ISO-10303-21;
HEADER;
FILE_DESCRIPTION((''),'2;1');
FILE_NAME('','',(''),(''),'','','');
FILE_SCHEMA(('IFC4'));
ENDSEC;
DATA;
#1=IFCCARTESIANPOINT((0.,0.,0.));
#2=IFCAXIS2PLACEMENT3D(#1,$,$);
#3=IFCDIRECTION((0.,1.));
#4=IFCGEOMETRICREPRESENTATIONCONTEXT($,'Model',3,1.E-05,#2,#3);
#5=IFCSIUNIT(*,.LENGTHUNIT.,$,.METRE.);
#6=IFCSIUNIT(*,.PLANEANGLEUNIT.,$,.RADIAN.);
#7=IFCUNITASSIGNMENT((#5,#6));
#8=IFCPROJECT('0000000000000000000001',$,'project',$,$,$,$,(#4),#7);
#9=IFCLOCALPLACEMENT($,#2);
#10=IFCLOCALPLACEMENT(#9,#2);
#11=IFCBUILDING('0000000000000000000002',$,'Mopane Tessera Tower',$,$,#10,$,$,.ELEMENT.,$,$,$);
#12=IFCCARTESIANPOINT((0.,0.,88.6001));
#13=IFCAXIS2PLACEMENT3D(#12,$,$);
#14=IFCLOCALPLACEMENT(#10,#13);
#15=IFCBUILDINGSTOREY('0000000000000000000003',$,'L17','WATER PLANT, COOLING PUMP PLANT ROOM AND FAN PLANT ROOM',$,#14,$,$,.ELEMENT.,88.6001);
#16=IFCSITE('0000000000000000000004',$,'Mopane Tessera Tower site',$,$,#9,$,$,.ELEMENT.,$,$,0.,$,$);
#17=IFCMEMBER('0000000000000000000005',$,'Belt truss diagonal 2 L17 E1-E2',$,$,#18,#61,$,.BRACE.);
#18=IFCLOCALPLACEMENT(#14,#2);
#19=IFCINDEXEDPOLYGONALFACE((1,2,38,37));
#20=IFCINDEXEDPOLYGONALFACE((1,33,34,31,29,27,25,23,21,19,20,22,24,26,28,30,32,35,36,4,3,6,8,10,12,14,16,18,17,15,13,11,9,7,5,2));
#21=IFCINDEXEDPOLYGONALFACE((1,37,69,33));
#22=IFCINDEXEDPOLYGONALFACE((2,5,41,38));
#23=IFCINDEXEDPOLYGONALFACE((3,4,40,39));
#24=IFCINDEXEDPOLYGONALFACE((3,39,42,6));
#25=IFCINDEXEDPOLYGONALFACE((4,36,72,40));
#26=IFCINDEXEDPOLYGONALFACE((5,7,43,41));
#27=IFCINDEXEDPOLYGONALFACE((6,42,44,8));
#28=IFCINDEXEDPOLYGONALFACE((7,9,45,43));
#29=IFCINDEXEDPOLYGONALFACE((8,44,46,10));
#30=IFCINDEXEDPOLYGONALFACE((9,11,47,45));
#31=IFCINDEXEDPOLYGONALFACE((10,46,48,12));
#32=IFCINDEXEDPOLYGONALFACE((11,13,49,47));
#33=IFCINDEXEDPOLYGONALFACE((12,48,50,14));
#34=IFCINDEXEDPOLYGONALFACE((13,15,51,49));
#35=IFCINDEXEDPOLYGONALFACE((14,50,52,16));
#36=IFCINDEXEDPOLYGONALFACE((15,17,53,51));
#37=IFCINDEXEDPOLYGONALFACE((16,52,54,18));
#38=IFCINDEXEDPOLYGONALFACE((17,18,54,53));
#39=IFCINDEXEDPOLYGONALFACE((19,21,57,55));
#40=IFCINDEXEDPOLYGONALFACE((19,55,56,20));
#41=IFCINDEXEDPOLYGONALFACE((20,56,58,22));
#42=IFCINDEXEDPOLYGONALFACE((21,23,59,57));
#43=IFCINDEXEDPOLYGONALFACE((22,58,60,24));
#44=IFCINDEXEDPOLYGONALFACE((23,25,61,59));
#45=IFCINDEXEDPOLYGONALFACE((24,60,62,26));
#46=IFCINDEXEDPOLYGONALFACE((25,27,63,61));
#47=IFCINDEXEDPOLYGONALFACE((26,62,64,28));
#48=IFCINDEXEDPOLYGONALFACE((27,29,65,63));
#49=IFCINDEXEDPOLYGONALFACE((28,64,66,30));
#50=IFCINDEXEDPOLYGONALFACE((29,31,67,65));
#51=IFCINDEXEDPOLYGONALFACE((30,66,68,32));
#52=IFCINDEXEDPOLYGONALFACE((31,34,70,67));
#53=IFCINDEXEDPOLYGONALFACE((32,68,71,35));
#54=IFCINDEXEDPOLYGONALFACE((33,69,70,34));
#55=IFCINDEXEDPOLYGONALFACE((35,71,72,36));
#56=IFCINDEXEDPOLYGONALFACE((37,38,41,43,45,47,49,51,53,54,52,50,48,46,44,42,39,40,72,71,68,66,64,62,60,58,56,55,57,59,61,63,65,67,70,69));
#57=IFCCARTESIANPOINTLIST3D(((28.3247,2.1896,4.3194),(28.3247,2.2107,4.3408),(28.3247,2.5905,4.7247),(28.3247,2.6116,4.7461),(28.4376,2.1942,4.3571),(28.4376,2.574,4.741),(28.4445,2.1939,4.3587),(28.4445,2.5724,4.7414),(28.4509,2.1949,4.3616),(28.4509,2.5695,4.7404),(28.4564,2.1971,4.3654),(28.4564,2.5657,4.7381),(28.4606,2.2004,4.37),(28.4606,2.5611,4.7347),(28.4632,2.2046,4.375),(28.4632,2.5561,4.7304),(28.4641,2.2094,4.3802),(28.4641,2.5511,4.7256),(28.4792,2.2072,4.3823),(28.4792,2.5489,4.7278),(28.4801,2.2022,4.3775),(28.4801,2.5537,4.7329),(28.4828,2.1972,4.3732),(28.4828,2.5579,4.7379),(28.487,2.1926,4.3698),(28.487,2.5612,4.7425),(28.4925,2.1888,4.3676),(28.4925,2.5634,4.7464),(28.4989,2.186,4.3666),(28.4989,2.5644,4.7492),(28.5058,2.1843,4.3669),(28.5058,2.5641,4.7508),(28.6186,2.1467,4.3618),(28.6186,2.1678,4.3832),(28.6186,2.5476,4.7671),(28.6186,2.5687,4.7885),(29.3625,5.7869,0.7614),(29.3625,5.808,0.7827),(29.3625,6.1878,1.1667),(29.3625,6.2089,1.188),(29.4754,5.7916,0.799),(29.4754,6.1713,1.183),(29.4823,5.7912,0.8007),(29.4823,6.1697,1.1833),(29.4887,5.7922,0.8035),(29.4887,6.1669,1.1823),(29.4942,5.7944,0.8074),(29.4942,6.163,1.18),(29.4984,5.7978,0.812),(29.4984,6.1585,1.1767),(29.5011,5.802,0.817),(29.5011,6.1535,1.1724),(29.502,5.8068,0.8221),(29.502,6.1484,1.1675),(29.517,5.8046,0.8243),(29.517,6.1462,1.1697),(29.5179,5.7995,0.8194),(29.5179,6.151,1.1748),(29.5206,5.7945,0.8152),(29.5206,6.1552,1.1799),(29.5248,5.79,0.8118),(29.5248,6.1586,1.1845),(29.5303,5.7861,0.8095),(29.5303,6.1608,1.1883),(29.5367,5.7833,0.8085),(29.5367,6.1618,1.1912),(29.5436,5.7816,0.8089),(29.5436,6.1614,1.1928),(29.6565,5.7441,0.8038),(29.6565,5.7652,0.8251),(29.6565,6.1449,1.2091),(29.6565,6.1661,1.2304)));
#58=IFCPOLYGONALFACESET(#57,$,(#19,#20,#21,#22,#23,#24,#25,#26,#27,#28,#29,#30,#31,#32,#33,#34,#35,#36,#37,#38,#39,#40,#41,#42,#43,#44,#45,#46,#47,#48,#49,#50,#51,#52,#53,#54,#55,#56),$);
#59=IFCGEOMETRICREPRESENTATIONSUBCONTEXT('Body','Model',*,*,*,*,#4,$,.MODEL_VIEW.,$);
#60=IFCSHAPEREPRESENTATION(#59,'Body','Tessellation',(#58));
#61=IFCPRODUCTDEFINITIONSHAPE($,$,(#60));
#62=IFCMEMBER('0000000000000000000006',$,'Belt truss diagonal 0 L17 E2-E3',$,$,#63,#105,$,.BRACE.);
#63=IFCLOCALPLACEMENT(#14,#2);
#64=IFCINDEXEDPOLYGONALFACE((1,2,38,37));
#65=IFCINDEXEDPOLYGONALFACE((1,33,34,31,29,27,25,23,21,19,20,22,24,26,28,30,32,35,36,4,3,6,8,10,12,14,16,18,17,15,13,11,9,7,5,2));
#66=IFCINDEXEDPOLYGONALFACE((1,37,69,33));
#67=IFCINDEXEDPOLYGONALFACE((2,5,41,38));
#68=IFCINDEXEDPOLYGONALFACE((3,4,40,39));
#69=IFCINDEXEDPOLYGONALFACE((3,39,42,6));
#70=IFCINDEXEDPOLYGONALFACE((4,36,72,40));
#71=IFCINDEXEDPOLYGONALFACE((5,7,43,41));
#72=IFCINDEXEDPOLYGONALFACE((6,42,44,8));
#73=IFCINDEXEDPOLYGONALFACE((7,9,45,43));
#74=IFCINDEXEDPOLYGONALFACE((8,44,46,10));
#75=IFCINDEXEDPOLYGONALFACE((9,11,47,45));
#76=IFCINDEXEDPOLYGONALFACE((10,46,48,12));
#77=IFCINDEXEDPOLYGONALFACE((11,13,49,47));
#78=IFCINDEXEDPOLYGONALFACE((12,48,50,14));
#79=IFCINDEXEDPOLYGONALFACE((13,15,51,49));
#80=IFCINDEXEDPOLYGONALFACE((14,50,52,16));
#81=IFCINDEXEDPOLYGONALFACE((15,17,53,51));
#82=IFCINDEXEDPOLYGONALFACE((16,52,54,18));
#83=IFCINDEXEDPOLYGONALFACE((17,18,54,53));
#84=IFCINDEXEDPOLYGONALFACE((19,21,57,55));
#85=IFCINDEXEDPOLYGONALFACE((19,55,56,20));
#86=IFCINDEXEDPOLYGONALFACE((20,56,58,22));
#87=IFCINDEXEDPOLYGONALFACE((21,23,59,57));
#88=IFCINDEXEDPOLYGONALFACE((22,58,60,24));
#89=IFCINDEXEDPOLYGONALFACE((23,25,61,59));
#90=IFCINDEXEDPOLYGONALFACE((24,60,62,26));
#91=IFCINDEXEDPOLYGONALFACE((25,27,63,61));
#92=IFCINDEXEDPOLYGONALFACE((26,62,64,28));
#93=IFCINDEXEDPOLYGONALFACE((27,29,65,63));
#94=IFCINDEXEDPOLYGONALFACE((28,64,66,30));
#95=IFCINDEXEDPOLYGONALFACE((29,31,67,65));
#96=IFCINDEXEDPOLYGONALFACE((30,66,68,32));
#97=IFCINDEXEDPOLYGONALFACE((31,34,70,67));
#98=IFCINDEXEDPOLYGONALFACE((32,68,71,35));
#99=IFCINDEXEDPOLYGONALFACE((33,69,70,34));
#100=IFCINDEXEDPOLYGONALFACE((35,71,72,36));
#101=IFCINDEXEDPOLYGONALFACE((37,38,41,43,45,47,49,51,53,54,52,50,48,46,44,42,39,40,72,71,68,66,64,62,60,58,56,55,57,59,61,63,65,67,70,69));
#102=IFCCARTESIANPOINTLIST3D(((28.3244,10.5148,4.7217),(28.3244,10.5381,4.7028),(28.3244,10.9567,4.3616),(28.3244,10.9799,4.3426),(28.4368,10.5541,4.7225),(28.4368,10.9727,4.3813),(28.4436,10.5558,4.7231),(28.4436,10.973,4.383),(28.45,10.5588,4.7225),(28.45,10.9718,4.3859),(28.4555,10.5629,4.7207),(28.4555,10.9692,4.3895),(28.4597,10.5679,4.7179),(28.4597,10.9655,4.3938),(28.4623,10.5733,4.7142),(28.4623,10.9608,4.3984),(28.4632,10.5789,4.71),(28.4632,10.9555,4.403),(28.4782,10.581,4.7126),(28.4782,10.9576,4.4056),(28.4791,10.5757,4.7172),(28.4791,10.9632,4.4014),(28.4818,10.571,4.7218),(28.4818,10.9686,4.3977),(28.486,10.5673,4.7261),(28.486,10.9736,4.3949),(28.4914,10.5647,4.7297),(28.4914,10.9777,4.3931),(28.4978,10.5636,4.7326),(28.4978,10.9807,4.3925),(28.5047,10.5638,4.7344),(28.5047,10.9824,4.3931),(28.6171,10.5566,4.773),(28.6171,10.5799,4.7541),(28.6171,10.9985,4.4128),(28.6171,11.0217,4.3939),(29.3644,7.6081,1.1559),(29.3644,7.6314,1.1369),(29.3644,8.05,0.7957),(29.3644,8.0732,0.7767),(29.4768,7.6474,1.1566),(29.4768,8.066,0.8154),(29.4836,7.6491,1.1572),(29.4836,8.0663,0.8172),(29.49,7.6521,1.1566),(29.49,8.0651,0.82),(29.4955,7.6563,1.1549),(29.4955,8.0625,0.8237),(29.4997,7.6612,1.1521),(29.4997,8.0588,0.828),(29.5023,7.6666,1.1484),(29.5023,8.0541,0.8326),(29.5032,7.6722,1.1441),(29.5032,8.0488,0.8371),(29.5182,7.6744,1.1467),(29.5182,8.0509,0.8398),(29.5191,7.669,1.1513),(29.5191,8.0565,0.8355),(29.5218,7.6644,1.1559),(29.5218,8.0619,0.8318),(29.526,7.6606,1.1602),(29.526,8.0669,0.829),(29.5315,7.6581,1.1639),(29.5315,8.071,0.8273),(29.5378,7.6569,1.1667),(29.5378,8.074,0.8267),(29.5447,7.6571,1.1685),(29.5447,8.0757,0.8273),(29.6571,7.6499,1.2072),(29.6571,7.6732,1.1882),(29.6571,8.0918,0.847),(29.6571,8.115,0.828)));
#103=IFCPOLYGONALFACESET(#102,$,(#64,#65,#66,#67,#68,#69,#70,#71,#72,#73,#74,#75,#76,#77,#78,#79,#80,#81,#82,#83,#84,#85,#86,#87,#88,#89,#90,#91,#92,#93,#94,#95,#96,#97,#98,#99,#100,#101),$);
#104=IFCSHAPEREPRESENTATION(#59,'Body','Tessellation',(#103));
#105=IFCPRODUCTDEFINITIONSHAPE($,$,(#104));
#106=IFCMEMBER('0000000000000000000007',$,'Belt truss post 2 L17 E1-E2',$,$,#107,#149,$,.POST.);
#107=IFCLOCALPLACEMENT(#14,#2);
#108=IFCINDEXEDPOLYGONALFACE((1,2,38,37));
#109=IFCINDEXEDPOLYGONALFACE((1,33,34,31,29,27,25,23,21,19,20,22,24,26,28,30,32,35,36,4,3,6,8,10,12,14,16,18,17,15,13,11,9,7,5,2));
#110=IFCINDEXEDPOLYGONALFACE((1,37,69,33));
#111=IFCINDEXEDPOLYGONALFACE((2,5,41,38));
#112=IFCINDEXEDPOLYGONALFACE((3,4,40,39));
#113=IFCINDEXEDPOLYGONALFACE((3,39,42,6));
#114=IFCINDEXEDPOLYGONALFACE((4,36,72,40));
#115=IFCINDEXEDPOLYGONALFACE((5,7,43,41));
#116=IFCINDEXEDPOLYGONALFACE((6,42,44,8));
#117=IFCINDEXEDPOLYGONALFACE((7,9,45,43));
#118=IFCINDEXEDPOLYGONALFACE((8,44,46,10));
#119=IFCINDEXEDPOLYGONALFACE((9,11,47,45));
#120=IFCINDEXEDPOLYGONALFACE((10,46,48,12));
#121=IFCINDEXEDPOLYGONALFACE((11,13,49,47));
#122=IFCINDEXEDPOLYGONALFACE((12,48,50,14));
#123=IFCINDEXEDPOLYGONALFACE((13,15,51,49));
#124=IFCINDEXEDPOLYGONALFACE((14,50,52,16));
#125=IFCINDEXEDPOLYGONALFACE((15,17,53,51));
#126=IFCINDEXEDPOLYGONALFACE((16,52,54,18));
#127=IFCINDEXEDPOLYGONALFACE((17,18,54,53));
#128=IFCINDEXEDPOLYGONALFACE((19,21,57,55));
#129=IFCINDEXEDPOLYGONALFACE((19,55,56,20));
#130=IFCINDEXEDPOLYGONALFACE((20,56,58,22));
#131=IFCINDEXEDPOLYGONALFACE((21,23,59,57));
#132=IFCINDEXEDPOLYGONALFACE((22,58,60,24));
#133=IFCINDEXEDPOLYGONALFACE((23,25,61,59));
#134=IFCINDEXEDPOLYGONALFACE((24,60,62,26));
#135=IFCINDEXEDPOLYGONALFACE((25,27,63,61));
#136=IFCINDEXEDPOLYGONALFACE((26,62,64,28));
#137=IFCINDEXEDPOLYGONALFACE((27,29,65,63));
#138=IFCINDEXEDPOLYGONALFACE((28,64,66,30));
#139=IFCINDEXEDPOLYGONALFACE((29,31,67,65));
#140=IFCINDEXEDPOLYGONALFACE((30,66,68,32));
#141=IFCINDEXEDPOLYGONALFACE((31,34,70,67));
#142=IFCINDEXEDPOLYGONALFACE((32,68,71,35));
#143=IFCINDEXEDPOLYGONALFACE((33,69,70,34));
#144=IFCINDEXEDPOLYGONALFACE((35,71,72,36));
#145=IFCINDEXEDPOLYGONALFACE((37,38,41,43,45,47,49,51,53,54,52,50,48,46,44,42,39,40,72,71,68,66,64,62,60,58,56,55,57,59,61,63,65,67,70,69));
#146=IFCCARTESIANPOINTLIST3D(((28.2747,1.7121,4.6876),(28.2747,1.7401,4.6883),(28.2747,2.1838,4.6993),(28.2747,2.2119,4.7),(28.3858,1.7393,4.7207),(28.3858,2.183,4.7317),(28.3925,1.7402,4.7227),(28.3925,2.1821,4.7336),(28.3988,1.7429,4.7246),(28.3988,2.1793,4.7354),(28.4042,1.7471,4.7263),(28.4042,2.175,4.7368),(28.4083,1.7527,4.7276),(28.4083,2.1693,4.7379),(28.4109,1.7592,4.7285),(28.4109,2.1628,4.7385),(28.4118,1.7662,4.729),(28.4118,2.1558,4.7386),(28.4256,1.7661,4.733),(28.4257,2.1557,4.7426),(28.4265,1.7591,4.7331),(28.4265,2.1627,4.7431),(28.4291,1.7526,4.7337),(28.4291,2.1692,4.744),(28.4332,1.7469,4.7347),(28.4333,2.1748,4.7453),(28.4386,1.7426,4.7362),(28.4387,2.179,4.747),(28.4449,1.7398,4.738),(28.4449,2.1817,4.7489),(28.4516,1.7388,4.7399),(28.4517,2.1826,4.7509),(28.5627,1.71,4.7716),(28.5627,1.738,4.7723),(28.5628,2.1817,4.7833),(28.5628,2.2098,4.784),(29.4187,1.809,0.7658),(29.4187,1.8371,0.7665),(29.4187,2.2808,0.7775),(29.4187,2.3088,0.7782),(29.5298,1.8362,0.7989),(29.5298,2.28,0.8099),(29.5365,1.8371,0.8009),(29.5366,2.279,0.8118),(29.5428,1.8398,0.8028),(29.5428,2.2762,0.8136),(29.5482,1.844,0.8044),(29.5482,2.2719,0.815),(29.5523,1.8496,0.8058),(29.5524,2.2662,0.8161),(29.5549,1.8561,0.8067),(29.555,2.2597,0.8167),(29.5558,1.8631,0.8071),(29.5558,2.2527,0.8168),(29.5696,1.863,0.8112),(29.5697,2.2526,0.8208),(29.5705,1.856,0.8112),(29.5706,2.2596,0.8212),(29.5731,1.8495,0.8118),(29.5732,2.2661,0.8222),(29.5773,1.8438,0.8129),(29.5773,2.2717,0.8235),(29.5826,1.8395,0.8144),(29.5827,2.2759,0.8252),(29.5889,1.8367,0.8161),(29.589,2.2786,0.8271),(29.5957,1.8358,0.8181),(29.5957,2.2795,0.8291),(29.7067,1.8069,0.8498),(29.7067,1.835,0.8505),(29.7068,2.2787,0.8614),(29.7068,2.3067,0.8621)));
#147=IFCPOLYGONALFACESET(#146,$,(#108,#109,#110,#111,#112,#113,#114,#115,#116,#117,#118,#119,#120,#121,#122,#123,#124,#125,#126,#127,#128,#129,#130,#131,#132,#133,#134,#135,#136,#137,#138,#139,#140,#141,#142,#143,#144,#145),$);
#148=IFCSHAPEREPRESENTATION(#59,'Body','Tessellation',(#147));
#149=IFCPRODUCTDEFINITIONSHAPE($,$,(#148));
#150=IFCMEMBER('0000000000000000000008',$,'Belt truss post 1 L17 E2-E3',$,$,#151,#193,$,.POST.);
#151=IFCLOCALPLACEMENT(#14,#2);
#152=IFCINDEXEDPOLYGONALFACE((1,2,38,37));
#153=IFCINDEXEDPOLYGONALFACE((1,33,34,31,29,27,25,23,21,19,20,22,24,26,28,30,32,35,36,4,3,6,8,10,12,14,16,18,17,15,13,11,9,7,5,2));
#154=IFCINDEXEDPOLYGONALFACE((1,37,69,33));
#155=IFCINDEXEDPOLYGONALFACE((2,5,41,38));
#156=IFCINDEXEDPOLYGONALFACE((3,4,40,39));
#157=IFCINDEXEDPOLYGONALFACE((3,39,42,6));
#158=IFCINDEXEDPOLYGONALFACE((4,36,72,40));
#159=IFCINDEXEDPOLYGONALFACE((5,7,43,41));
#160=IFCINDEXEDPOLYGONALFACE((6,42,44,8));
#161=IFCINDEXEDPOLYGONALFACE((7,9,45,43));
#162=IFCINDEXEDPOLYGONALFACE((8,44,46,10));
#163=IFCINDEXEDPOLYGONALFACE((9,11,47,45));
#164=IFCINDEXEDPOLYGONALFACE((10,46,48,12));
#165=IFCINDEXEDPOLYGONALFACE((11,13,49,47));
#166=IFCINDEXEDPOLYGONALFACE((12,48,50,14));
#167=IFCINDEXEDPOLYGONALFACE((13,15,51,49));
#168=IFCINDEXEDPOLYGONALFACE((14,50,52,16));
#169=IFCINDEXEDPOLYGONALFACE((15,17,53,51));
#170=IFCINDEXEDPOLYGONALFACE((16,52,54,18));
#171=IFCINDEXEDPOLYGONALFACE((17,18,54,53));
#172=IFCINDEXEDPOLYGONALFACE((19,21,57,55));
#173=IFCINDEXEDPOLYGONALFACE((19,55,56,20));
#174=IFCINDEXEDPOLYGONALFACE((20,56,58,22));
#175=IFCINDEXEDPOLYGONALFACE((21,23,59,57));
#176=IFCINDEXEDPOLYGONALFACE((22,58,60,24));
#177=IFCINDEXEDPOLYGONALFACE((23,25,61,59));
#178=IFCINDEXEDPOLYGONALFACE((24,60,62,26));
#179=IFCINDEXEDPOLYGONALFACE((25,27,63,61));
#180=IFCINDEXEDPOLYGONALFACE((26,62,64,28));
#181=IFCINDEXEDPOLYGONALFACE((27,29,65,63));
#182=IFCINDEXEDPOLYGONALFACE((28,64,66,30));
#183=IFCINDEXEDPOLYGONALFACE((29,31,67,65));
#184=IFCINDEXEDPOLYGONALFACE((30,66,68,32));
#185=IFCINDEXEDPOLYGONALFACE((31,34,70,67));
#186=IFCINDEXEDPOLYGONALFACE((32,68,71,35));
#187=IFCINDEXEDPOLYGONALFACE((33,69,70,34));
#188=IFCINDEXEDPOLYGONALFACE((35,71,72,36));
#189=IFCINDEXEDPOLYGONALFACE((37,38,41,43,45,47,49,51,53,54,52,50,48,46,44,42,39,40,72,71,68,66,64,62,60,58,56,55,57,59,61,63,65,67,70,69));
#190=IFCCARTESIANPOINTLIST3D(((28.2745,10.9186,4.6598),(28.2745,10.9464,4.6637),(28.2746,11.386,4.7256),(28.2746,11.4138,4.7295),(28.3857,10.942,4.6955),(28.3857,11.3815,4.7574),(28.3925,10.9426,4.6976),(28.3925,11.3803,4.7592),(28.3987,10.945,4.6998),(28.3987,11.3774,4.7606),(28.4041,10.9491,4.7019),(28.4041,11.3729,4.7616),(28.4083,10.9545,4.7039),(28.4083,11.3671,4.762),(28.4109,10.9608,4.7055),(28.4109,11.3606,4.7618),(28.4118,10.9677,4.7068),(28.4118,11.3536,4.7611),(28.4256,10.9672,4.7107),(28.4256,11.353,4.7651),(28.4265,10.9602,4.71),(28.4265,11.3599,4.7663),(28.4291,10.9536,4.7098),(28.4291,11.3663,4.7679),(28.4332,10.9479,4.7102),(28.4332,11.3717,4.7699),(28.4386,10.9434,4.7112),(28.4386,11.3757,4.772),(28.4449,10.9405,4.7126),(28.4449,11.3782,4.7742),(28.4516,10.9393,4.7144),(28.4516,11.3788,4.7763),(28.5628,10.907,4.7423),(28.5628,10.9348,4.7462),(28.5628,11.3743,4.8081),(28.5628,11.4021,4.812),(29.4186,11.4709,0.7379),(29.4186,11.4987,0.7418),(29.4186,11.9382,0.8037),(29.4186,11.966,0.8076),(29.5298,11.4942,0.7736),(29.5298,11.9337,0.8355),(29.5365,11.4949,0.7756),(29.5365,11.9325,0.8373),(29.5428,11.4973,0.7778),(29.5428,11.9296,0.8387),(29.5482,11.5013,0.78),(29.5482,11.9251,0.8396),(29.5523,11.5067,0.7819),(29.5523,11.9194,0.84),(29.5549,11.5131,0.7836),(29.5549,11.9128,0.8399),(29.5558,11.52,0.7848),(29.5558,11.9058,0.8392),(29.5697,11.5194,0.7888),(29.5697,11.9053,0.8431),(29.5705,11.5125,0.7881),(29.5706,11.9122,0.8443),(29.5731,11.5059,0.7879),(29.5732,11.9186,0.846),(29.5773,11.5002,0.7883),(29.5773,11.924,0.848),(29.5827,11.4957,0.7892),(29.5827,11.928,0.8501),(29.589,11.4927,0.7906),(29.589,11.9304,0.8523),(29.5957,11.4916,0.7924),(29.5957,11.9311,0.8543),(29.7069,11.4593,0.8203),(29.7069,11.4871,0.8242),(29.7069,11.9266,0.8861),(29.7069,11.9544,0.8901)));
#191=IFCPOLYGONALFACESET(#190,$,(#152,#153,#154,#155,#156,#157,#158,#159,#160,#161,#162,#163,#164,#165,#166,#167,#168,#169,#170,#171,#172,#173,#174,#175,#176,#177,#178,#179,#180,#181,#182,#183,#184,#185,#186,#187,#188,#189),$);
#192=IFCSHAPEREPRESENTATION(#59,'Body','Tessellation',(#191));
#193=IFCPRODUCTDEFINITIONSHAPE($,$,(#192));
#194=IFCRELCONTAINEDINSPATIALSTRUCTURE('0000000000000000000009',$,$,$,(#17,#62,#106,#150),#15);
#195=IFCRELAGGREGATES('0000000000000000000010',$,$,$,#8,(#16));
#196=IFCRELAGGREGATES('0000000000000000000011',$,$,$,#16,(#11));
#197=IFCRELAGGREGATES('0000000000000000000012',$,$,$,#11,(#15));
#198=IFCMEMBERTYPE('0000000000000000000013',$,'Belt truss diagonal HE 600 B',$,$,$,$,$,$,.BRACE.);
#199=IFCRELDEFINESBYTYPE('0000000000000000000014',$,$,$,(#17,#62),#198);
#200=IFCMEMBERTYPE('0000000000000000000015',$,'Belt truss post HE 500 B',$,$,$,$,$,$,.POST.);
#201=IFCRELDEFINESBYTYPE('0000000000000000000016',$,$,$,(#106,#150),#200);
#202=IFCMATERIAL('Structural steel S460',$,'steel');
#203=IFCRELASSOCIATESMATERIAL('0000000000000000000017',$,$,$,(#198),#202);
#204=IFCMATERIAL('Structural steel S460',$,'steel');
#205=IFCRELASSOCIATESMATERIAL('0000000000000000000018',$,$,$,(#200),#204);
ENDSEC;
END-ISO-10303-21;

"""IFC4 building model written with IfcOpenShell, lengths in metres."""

from ifc_helpers import new_model, si_unit, direction, frame, origin, origin_2d, place, context, subcontext, project, spatial, i_section, extrude, material, material_profile, profile_set, type_object, element, save


model = new_model("IFC4")

# Units and contexts
model_context = context("Model", 3, precision=1e-05, world=origin(), true_north=direction((0.0, 1.0)))
body_context = subcontext(model_context, "Body", "Model", "MODEL_VIEW")
ifc_project = project(units=[si_unit("LENGTHUNIT", "METRE"), si_unit("PLANEANGLEUNIT", "RADIAN")], contexts=[model_context])

# Site, building, storey
site_placement = place(None, origin())
site = spatial("IfcSite", under=ifc_project, at=site_placement, Name="Mopane Tessera Tower site", CompositionType="ELEMENT", RefElevation=0.0)
building_placement = place(site_placement, origin())
building = spatial("IfcBuilding", under=site, at=building_placement, Name="Mopane Tessera Tower", CompositionType="ELEMENT")
storey_placement = place(building_placement, frame((0.0, 0.0, 88.6001)))
storey = spatial("IfcBuildingStorey", under=building, at=storey_placement, Name="L17", Description="WATER PLANT, COOLING PUMP PLANT ROOM AND FAN PLANT ROOM", CompositionType="ELEMENT", Elevation=88.6001)

# Members
ifc_material_1 = material(Name="Structural steel S460", Category="steel")
ifc_material_profile_1 = material_profile(ifc_material_1, i_section(OverallWidth=0.3, OverallDepth=0.6001, WebThickness=0.0154, FlangeThickness=0.03, FilletRadius=0.0271, at=origin_2d()))
ifc_profile_set_1 = profile_set([ifc_material_profile_1], Name="Structural steel S460")
member_type_1 = type_object("IfcMemberType", Name="Belt truss diagonal HE 600 B", PredefinedType="BRACE", material=ifc_profile_set_1)
member_1_placement = place(storey_placement, frame((28.4717, 2.3792, 4.554), z_axis=(0.200932, 0.69648, -0.68887), x_axis=(-0.979605, 0.142861, -0.141296)))
element("IfcMember", 1, at=member_1_placement, inside=storey, type_object=member_type_1, Name="Belt truss diagonal 2 L17 E1-E2", PredefinedType="BRACE", context=body_context, shape_type="SweptSolid", body=[
    extrude(i_section(OverallWidth=0.3, OverallDepth=0.6001, WebThickness=0.0154, FlangeThickness=0.03, FilletRadius=0.0271, at=origin_2d()), origin(), (0.0, 0.0, 1.0), 5.165),
])
member_2_placement = place(storey_placement, frame((29.5107, 7.8616, 0.9919), z_axis=(-0.220505, 0.616275, 0.756031), x_axis=(-0.975386, -0.139321, -0.170916)))
element("IfcMember", 2, at=member_2_placement, inside=storey, type_object=member_type_1, Name="Belt truss diagonal 0 L17 E2-E3", PredefinedType="BRACE", context=body_context, shape_type="SweptSolid", body=[
    extrude(i_section(OverallWidth=0.3, OverallDepth=0.6001, WebThickness=0.0154, FlangeThickness=0.03, FilletRadius=0.0271, at=origin_2d()), origin(), (0.0, 0.0, 1.0), 4.7166),
])
ifc_material_2 = material(Name="Structural steel S460", Category="steel")
ifc_material_profile_2 = material_profile(ifc_material_2, i_section(OverallWidth=0.3, OverallDepth=0.5, WebThickness=0.0144, FlangeThickness=0.0281, FilletRadius=0.0271, at=origin_2d()))
ifc_profile_set_2 = profile_set([ifc_material_profile_2], Name="Structural steel S460")
member_type_2 = type_object("IfcMemberType", Name="Belt truss post HE 500 B", PredefinedType="POST", material=ifc_profile_set_2)
member_3_placement = place(storey_placement, frame((29.5627, 2.0579, 0.814), z_axis=(-0.279958, -0.023718, 0.959719), x_axis=(-0.960012, 0.00702, -0.27987)))
element("IfcMember", 3, at=member_3_placement, inside=storey, type_object=member_type_2, Name="Belt truss post 2 L17 E1-E2", PredefinedType="POST", context=body_context, shape_type="SweptSolid", body=[
    extrude(i_section(OverallWidth=0.3, OverallDepth=0.5, WebThickness=0.0144, FlangeThickness=0.0281, FilletRadius=0.0271, at=origin_2d()), origin(), (0.0, 0.0, 1.0), 4.0864),
])
member_4_placement = place(storey_placement, frame((29.5627, 11.7126, 0.814), z_axis=(-0.277513, -0.133959, 0.951337), x_axis=(-0.960722, 0.038716, -0.274799)))
element("IfcMember", 4, at=member_4_placement, inside=storey, type_object=member_type_2, Name="Belt truss post 1 L17 E2-E3", PredefinedType="POST", context=body_context, shape_type="SweptSolid", body=[
    extrude(i_section(OverallWidth=0.3, OverallDepth=0.5, WebThickness=0.0144, FlangeThickness=0.0281, FilletRadius=0.0271, at=origin_2d()), origin(), (0.0, 0.0, 1.0), 4.1226),
])

save(model, "model.ifc")
